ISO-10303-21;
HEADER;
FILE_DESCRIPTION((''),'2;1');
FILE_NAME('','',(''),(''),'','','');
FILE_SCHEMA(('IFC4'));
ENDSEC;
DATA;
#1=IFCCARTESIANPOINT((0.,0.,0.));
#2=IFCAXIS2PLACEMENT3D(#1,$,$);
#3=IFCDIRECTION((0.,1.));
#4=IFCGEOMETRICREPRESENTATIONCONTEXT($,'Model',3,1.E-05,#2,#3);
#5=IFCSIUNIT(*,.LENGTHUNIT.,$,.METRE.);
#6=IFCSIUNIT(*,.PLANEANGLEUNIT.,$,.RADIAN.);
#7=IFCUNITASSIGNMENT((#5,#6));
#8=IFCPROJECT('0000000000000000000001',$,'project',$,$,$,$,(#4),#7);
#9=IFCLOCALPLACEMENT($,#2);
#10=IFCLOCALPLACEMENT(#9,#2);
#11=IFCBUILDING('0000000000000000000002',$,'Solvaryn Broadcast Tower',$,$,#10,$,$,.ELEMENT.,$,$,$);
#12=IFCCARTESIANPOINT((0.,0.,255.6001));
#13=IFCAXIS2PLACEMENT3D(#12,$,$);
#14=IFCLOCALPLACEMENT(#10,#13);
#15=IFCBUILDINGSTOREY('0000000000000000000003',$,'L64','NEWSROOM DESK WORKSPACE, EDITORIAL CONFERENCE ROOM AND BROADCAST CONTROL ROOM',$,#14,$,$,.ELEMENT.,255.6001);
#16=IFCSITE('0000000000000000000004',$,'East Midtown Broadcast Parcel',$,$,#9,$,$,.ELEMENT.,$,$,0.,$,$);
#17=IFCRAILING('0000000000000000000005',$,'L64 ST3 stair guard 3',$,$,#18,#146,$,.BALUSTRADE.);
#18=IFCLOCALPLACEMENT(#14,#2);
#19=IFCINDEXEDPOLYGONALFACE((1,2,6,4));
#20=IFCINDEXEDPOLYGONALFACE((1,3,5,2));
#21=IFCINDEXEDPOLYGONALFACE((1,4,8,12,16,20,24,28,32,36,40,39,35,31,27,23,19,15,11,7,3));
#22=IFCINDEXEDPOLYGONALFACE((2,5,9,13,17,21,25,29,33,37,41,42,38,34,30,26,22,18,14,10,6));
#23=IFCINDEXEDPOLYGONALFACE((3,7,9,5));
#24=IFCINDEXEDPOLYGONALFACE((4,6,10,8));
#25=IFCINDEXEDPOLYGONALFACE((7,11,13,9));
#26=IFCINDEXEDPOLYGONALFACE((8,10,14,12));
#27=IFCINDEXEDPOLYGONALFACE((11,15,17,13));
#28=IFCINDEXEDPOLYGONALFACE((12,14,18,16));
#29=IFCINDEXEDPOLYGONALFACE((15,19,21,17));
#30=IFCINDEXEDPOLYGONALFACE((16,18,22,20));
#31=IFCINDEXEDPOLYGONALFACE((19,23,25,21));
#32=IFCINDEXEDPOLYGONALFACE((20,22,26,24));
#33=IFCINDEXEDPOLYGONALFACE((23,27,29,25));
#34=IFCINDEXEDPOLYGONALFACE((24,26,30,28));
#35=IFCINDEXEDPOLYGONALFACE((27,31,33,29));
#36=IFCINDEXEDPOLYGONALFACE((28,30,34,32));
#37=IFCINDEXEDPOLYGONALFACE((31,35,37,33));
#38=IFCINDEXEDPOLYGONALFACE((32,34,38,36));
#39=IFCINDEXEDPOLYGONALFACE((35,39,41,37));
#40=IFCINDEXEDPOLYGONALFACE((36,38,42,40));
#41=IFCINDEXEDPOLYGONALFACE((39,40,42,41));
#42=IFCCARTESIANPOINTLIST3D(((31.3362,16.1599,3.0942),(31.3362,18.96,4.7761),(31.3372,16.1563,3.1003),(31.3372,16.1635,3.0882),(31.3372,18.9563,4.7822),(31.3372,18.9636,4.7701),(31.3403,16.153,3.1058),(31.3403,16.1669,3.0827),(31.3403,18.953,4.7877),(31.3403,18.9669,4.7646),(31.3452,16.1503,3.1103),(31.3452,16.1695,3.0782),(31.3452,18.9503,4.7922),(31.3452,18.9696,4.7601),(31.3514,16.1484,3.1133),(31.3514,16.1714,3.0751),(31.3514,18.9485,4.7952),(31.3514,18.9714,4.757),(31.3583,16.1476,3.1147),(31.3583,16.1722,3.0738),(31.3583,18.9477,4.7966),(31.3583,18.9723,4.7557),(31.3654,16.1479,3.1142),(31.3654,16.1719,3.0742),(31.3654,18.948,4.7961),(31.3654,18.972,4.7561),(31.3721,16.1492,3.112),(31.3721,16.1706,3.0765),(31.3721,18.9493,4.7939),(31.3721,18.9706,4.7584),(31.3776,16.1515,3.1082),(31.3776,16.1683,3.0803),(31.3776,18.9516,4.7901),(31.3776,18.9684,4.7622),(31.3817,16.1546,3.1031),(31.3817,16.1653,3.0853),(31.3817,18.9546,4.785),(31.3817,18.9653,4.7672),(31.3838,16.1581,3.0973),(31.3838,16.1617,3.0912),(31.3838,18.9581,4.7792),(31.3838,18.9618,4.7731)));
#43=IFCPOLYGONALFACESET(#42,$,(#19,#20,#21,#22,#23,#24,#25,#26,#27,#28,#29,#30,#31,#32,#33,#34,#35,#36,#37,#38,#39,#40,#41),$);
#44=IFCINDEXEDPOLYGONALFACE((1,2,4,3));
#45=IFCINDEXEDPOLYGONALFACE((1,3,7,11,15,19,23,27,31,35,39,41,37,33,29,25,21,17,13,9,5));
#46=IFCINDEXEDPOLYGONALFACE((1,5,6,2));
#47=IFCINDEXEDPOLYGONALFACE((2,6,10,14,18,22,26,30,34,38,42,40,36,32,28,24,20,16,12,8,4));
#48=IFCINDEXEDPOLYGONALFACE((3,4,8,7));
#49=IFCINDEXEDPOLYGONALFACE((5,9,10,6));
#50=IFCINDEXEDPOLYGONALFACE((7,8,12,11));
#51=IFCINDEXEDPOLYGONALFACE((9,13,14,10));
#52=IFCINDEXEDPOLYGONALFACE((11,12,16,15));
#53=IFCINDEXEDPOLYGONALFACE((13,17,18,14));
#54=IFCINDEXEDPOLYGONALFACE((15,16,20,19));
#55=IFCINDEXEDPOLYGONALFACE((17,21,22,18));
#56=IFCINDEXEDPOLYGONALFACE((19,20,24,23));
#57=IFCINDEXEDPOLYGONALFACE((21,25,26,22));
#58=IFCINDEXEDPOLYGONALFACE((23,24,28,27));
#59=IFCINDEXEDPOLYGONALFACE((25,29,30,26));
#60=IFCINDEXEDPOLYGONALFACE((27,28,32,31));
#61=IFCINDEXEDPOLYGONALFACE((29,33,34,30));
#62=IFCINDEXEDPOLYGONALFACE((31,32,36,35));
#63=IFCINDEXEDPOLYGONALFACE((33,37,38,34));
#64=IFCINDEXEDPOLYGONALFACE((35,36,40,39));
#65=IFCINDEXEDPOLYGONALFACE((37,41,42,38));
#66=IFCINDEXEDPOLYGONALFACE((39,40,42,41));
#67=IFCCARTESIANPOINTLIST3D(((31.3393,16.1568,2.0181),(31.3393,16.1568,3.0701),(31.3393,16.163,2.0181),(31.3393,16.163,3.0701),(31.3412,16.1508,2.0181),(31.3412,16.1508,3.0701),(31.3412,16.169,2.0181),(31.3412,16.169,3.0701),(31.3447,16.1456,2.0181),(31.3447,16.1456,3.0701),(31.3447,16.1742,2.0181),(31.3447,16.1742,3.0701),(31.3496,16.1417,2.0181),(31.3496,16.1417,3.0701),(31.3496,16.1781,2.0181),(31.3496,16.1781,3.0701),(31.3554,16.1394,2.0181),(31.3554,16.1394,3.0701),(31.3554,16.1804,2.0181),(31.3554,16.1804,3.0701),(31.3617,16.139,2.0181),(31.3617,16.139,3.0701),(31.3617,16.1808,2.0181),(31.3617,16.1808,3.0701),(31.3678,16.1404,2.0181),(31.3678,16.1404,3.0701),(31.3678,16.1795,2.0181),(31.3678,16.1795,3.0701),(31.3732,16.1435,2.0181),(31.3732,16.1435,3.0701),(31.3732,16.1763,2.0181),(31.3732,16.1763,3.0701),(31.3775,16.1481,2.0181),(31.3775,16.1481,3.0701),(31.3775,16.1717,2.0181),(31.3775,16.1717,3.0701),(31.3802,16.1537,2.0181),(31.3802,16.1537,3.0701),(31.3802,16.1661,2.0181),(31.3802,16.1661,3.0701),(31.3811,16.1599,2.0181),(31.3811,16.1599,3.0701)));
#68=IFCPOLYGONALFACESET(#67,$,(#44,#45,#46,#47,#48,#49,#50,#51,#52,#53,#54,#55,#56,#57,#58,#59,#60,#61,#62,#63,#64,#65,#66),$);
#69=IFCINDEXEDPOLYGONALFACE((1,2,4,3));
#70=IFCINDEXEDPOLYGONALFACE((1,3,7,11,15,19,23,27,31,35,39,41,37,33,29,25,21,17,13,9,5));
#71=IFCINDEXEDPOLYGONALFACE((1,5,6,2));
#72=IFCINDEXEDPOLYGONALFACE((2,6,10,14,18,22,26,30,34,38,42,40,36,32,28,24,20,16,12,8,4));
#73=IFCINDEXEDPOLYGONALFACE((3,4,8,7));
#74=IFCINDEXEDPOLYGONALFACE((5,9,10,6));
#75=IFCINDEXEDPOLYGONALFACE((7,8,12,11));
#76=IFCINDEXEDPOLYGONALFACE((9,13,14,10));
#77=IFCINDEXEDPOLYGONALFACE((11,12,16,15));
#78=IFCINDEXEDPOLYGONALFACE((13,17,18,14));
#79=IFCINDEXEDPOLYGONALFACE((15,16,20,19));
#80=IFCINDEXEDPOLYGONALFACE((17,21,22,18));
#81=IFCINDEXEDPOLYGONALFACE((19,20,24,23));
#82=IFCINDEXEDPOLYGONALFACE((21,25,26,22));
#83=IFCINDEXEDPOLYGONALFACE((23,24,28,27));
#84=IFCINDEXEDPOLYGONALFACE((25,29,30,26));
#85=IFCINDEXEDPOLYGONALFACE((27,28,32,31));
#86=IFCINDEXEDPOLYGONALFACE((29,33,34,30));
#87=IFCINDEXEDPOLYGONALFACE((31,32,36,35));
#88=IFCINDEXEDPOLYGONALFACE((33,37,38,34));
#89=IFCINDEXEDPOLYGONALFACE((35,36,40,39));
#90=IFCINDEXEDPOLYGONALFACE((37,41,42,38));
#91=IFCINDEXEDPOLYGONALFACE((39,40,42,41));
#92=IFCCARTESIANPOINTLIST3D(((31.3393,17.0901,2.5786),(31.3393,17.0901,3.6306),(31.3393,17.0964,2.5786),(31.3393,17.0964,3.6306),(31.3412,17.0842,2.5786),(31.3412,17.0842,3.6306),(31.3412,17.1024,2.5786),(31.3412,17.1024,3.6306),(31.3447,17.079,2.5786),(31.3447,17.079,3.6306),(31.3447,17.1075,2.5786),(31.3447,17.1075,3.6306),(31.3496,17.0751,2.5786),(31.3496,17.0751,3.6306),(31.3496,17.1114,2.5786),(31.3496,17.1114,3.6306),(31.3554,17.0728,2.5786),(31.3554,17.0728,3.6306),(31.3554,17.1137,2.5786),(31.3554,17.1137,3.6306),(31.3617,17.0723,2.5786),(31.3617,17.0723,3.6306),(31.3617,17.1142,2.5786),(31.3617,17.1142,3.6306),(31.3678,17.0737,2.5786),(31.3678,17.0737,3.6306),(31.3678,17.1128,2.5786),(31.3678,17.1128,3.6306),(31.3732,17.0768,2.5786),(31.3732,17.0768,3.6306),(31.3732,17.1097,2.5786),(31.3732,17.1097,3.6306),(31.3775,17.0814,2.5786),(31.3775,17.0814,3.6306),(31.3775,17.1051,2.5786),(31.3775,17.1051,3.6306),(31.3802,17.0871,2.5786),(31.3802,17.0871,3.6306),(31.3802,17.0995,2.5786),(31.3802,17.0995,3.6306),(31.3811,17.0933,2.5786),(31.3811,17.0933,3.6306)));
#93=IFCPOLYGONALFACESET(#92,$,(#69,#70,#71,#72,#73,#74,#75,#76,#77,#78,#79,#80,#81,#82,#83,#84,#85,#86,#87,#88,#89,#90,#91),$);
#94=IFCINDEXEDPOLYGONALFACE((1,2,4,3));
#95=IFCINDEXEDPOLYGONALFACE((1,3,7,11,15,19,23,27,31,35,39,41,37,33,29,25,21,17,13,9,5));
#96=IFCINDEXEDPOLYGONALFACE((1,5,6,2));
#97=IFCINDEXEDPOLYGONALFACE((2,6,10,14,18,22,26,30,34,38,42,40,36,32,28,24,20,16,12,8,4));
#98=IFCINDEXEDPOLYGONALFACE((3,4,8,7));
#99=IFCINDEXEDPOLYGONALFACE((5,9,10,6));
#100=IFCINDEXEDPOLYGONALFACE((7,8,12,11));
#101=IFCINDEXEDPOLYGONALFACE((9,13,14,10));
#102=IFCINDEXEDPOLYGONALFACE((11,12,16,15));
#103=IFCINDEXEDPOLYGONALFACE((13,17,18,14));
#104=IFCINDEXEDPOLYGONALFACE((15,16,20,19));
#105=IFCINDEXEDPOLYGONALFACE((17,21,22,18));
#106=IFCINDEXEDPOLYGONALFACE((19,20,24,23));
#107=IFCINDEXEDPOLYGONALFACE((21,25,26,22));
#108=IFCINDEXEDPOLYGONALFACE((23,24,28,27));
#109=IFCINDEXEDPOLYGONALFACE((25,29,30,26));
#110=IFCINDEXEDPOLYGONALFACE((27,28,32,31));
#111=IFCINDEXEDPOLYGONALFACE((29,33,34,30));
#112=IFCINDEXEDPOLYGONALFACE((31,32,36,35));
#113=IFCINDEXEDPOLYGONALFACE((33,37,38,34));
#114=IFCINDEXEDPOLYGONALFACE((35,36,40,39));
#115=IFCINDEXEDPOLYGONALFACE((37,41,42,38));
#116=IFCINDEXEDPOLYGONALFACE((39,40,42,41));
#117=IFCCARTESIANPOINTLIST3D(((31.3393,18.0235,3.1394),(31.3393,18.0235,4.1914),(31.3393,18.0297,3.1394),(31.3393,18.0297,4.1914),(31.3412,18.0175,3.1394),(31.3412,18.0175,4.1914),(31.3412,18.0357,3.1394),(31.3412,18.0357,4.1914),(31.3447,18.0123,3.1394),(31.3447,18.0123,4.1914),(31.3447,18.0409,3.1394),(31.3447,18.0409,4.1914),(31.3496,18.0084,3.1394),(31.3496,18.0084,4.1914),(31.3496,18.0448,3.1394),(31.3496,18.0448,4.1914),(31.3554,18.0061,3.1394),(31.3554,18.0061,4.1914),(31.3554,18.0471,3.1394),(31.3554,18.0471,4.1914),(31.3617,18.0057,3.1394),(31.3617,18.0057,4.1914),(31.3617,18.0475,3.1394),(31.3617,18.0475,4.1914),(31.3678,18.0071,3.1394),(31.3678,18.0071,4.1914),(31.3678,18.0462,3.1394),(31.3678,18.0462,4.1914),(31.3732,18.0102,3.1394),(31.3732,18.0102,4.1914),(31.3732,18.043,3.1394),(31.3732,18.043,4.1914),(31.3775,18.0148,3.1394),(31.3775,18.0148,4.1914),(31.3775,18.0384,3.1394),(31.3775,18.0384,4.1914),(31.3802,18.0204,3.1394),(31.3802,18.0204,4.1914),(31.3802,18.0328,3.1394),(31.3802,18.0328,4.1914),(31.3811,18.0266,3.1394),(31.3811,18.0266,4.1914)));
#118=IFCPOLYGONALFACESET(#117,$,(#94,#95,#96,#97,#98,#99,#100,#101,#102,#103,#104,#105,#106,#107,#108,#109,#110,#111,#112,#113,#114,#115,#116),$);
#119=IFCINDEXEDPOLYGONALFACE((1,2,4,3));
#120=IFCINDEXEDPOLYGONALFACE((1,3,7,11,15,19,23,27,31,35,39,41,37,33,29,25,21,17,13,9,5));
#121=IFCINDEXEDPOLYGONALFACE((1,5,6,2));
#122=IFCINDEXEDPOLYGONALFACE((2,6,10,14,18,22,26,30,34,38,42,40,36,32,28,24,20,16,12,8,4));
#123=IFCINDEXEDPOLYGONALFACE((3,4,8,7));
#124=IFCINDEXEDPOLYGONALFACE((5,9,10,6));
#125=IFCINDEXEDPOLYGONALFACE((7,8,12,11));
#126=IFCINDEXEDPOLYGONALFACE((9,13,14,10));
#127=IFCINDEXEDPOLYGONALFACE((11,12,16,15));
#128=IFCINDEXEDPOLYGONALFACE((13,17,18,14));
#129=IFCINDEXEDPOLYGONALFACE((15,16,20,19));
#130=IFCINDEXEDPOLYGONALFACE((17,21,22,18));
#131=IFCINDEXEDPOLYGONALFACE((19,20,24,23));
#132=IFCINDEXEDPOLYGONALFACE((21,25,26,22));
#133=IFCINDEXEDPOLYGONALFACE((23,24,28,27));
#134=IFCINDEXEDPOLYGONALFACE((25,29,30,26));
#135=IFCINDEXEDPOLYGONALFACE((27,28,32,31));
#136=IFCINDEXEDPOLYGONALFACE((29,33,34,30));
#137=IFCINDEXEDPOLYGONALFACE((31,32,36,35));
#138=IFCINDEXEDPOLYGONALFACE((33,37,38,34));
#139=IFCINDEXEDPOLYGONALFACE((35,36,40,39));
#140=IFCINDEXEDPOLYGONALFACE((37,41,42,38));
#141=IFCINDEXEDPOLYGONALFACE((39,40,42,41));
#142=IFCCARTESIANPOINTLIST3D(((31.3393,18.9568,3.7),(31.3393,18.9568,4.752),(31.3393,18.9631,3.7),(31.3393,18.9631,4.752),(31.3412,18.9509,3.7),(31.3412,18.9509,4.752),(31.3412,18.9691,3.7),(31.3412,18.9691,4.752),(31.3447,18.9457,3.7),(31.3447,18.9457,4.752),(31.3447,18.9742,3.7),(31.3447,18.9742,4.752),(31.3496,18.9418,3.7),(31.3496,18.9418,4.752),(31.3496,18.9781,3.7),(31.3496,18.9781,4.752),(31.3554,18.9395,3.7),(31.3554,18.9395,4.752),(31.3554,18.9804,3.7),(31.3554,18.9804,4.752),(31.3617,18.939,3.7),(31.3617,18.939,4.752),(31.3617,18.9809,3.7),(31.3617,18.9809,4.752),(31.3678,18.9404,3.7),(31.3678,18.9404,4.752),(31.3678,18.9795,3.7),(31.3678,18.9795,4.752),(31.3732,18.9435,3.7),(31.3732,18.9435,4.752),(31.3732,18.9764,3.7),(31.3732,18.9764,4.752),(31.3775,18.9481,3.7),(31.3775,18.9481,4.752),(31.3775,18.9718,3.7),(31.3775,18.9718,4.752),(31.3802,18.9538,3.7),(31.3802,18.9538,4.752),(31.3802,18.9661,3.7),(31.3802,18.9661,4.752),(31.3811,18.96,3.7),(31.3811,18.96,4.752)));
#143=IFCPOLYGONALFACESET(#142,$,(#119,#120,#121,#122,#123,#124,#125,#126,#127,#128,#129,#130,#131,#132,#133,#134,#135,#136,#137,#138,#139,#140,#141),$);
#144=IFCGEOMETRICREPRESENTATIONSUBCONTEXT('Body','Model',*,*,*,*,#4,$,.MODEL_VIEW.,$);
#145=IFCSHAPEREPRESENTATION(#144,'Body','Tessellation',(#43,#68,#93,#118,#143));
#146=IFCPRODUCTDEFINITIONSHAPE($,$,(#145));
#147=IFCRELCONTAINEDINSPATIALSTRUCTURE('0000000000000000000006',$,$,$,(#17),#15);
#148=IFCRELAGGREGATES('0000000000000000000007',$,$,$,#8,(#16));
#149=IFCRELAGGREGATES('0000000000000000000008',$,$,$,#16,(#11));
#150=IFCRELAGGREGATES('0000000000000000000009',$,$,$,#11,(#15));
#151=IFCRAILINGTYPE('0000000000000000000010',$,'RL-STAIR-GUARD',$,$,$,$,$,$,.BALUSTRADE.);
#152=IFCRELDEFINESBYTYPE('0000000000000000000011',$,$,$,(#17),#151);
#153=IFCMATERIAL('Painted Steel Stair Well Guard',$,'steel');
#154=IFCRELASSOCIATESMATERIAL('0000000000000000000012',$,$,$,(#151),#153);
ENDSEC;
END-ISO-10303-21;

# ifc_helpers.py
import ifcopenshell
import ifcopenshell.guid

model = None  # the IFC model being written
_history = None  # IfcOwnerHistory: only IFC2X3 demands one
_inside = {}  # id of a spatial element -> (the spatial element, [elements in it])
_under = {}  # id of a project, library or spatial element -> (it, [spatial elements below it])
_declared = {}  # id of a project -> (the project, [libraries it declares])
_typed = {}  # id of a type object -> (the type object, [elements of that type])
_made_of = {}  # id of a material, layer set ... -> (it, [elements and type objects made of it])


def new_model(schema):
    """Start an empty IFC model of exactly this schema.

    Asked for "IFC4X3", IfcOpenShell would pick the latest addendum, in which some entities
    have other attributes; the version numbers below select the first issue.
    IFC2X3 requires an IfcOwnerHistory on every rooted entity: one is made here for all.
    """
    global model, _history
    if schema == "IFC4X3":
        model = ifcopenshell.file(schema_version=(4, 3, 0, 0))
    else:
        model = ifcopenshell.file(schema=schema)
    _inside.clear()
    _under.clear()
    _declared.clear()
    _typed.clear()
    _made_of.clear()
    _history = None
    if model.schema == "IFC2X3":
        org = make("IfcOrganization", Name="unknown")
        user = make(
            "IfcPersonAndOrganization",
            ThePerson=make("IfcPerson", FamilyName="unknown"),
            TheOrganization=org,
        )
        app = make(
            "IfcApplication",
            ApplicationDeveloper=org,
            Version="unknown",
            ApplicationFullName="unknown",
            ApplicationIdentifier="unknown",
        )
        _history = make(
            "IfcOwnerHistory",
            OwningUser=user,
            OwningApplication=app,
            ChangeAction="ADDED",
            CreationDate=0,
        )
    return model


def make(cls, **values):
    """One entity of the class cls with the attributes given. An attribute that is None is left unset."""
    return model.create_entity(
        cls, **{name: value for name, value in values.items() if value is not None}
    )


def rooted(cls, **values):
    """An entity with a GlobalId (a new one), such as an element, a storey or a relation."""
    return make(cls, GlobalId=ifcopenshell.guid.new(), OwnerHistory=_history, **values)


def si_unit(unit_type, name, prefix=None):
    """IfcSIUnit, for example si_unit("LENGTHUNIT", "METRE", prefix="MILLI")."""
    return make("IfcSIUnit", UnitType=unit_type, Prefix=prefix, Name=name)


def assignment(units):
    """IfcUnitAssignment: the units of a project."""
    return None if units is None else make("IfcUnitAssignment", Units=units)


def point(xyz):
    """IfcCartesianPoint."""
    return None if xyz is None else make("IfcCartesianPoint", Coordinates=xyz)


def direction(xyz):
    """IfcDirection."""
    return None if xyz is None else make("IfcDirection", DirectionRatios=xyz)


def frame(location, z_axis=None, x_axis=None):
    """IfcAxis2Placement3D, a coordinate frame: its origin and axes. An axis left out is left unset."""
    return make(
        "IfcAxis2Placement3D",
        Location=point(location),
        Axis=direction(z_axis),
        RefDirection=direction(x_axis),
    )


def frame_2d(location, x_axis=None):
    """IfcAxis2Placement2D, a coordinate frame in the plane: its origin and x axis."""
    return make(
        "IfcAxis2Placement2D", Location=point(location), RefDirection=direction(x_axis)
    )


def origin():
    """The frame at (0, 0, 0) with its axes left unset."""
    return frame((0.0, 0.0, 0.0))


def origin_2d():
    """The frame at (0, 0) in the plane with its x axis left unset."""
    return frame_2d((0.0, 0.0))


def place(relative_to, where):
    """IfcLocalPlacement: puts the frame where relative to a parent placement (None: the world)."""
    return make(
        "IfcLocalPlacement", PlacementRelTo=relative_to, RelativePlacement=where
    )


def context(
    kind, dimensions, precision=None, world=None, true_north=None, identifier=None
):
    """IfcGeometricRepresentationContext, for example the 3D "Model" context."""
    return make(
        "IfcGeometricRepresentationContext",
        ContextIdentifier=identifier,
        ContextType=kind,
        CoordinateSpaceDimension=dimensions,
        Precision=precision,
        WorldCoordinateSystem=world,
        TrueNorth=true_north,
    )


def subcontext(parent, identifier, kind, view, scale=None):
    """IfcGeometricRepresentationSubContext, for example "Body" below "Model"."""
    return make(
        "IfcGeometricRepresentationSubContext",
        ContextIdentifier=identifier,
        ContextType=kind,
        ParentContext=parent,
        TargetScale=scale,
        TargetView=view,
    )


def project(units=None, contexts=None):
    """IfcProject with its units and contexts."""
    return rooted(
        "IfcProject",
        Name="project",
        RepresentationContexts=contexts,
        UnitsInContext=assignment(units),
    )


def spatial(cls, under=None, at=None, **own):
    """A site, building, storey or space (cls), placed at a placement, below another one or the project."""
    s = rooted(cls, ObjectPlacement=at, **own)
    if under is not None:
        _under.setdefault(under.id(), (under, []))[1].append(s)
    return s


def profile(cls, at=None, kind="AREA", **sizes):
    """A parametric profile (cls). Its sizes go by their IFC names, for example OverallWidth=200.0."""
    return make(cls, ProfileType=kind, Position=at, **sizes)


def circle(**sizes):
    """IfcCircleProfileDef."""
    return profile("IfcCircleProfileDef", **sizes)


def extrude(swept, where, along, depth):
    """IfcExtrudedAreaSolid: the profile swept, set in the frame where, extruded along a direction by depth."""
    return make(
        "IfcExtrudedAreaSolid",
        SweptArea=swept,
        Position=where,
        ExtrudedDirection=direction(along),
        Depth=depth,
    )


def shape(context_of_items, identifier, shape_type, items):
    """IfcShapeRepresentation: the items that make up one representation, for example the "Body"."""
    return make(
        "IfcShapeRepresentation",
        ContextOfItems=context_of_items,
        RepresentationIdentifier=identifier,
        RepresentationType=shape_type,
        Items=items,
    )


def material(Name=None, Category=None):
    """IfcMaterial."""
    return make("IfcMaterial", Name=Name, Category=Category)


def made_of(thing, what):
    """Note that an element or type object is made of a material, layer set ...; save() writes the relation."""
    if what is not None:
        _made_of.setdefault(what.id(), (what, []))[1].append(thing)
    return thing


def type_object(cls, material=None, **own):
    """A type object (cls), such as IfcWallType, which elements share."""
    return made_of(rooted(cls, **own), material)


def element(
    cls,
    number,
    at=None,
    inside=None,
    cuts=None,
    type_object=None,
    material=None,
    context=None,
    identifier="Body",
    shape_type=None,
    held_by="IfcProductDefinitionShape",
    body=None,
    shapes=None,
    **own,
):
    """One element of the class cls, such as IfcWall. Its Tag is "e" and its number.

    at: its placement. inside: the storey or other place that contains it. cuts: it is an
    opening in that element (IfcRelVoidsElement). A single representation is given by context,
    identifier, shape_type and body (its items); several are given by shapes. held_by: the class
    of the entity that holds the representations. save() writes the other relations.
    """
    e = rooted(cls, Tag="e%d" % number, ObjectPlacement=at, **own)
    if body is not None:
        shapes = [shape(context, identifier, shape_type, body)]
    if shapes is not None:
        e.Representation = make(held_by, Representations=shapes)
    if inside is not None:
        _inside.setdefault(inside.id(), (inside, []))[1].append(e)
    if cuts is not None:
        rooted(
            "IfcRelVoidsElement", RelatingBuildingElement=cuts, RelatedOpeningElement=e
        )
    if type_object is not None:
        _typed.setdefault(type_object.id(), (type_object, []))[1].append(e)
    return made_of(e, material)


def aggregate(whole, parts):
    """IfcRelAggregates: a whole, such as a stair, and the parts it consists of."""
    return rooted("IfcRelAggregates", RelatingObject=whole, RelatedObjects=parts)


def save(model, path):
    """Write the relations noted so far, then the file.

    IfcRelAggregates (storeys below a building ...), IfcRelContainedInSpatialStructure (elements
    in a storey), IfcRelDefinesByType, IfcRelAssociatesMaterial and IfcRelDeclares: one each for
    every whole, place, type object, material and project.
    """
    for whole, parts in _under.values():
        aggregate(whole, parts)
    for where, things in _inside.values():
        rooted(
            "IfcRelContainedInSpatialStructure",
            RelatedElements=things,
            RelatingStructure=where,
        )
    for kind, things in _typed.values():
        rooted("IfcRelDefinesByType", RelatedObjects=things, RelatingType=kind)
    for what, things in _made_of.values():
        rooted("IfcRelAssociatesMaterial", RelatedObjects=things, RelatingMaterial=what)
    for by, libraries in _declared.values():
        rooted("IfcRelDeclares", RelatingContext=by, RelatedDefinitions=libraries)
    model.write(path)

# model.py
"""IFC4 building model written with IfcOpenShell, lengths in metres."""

from ifc_helpers import new_model, si_unit, direction, frame, origin, origin_2d, place, context, subcontext, project, spatial, circle, extrude, material, type_object, element, save


model = new_model("IFC4")

# Units and contexts
model_context = context("Model", 3, precision=1e-05, world=origin(), true_north=direction((0.0, 1.0)))
body_context = subcontext(model_context, "Body", "Model", "MODEL_VIEW")
ifc_project = project(units=[si_unit("LENGTHUNIT", "METRE"), si_unit("PLANEANGLEUNIT", "RADIAN")], contexts=[model_context])

# Site, building, storey
site_placement = place(None, origin())
site = spatial("IfcSite", under=ifc_project, at=site_placement, Name="East Midtown Broadcast Parcel", CompositionType="ELEMENT", RefElevation=0.0)
building_placement = place(site_placement, origin())
building = spatial("IfcBuilding", under=site, at=building_placement, Name="Solvaryn Broadcast Tower", CompositionType="ELEMENT")
storey_placement = place(building_placement, frame((0.0, 0.0, 255.6001)))
storey = spatial("IfcBuildingStorey", under=building, at=storey_placement, Name="L64", Description="NEWSROOM DESK WORKSPACE, EDITORIAL CONFERENCE ROOM AND BROADCAST CONTROL ROOM", CompositionType="ELEMENT", Elevation=255.6001)

# Railing
ifc_material_1 = material(Name="Painted Steel Stair Well Guard", Category="steel")
railing_type_1 = type_object("IfcRailingType", Name="RL-STAIR-GUARD", PredefinedType="BALUSTRADE", material=ifc_material_1)
railing_1_placement = place(storey_placement, frame((31.3601, 16.1599, 2.0181)))
element("IfcRailing", 1, at=railing_1_placement, inside=storey, type_object=railing_type_1, Name="L64 ST3 stair guard 3", PredefinedType="BALUSTRADE", context=body_context, shape_type="SweptSolid", body=[
    extrude(circle(Radius=0.0239, at=origin_2d()), frame((0.0, 0.0, 1.0762), z_axis=(0.0, 0.857242, 0.514913), x_axis=(-1.0, 0.0, 0.0)), (0.0, 0.0, 1.0), 3.2664),
    extrude(circle(Radius=0.021, at=origin_2d()), origin(), (0.0, 0.0, 1.0), 1.052),
    extrude(circle(Radius=0.021, at=origin_2d()), frame((0.0, 0.9333, 0.5605)), (0.0, 0.0, 1.0), 1.052),
    extrude(circle(Radius=0.021, at=origin_2d()), frame((0.0, 1.8667, 1.1213)), (0.0, 0.0, 1.0), 1.052),
    extrude(circle(Radius=0.021, at=origin_2d()), frame((0.0, 2.8, 1.6819)), (0.0, 0.0, 1.0), 1.052),
])

save(model, "model.ifc")
